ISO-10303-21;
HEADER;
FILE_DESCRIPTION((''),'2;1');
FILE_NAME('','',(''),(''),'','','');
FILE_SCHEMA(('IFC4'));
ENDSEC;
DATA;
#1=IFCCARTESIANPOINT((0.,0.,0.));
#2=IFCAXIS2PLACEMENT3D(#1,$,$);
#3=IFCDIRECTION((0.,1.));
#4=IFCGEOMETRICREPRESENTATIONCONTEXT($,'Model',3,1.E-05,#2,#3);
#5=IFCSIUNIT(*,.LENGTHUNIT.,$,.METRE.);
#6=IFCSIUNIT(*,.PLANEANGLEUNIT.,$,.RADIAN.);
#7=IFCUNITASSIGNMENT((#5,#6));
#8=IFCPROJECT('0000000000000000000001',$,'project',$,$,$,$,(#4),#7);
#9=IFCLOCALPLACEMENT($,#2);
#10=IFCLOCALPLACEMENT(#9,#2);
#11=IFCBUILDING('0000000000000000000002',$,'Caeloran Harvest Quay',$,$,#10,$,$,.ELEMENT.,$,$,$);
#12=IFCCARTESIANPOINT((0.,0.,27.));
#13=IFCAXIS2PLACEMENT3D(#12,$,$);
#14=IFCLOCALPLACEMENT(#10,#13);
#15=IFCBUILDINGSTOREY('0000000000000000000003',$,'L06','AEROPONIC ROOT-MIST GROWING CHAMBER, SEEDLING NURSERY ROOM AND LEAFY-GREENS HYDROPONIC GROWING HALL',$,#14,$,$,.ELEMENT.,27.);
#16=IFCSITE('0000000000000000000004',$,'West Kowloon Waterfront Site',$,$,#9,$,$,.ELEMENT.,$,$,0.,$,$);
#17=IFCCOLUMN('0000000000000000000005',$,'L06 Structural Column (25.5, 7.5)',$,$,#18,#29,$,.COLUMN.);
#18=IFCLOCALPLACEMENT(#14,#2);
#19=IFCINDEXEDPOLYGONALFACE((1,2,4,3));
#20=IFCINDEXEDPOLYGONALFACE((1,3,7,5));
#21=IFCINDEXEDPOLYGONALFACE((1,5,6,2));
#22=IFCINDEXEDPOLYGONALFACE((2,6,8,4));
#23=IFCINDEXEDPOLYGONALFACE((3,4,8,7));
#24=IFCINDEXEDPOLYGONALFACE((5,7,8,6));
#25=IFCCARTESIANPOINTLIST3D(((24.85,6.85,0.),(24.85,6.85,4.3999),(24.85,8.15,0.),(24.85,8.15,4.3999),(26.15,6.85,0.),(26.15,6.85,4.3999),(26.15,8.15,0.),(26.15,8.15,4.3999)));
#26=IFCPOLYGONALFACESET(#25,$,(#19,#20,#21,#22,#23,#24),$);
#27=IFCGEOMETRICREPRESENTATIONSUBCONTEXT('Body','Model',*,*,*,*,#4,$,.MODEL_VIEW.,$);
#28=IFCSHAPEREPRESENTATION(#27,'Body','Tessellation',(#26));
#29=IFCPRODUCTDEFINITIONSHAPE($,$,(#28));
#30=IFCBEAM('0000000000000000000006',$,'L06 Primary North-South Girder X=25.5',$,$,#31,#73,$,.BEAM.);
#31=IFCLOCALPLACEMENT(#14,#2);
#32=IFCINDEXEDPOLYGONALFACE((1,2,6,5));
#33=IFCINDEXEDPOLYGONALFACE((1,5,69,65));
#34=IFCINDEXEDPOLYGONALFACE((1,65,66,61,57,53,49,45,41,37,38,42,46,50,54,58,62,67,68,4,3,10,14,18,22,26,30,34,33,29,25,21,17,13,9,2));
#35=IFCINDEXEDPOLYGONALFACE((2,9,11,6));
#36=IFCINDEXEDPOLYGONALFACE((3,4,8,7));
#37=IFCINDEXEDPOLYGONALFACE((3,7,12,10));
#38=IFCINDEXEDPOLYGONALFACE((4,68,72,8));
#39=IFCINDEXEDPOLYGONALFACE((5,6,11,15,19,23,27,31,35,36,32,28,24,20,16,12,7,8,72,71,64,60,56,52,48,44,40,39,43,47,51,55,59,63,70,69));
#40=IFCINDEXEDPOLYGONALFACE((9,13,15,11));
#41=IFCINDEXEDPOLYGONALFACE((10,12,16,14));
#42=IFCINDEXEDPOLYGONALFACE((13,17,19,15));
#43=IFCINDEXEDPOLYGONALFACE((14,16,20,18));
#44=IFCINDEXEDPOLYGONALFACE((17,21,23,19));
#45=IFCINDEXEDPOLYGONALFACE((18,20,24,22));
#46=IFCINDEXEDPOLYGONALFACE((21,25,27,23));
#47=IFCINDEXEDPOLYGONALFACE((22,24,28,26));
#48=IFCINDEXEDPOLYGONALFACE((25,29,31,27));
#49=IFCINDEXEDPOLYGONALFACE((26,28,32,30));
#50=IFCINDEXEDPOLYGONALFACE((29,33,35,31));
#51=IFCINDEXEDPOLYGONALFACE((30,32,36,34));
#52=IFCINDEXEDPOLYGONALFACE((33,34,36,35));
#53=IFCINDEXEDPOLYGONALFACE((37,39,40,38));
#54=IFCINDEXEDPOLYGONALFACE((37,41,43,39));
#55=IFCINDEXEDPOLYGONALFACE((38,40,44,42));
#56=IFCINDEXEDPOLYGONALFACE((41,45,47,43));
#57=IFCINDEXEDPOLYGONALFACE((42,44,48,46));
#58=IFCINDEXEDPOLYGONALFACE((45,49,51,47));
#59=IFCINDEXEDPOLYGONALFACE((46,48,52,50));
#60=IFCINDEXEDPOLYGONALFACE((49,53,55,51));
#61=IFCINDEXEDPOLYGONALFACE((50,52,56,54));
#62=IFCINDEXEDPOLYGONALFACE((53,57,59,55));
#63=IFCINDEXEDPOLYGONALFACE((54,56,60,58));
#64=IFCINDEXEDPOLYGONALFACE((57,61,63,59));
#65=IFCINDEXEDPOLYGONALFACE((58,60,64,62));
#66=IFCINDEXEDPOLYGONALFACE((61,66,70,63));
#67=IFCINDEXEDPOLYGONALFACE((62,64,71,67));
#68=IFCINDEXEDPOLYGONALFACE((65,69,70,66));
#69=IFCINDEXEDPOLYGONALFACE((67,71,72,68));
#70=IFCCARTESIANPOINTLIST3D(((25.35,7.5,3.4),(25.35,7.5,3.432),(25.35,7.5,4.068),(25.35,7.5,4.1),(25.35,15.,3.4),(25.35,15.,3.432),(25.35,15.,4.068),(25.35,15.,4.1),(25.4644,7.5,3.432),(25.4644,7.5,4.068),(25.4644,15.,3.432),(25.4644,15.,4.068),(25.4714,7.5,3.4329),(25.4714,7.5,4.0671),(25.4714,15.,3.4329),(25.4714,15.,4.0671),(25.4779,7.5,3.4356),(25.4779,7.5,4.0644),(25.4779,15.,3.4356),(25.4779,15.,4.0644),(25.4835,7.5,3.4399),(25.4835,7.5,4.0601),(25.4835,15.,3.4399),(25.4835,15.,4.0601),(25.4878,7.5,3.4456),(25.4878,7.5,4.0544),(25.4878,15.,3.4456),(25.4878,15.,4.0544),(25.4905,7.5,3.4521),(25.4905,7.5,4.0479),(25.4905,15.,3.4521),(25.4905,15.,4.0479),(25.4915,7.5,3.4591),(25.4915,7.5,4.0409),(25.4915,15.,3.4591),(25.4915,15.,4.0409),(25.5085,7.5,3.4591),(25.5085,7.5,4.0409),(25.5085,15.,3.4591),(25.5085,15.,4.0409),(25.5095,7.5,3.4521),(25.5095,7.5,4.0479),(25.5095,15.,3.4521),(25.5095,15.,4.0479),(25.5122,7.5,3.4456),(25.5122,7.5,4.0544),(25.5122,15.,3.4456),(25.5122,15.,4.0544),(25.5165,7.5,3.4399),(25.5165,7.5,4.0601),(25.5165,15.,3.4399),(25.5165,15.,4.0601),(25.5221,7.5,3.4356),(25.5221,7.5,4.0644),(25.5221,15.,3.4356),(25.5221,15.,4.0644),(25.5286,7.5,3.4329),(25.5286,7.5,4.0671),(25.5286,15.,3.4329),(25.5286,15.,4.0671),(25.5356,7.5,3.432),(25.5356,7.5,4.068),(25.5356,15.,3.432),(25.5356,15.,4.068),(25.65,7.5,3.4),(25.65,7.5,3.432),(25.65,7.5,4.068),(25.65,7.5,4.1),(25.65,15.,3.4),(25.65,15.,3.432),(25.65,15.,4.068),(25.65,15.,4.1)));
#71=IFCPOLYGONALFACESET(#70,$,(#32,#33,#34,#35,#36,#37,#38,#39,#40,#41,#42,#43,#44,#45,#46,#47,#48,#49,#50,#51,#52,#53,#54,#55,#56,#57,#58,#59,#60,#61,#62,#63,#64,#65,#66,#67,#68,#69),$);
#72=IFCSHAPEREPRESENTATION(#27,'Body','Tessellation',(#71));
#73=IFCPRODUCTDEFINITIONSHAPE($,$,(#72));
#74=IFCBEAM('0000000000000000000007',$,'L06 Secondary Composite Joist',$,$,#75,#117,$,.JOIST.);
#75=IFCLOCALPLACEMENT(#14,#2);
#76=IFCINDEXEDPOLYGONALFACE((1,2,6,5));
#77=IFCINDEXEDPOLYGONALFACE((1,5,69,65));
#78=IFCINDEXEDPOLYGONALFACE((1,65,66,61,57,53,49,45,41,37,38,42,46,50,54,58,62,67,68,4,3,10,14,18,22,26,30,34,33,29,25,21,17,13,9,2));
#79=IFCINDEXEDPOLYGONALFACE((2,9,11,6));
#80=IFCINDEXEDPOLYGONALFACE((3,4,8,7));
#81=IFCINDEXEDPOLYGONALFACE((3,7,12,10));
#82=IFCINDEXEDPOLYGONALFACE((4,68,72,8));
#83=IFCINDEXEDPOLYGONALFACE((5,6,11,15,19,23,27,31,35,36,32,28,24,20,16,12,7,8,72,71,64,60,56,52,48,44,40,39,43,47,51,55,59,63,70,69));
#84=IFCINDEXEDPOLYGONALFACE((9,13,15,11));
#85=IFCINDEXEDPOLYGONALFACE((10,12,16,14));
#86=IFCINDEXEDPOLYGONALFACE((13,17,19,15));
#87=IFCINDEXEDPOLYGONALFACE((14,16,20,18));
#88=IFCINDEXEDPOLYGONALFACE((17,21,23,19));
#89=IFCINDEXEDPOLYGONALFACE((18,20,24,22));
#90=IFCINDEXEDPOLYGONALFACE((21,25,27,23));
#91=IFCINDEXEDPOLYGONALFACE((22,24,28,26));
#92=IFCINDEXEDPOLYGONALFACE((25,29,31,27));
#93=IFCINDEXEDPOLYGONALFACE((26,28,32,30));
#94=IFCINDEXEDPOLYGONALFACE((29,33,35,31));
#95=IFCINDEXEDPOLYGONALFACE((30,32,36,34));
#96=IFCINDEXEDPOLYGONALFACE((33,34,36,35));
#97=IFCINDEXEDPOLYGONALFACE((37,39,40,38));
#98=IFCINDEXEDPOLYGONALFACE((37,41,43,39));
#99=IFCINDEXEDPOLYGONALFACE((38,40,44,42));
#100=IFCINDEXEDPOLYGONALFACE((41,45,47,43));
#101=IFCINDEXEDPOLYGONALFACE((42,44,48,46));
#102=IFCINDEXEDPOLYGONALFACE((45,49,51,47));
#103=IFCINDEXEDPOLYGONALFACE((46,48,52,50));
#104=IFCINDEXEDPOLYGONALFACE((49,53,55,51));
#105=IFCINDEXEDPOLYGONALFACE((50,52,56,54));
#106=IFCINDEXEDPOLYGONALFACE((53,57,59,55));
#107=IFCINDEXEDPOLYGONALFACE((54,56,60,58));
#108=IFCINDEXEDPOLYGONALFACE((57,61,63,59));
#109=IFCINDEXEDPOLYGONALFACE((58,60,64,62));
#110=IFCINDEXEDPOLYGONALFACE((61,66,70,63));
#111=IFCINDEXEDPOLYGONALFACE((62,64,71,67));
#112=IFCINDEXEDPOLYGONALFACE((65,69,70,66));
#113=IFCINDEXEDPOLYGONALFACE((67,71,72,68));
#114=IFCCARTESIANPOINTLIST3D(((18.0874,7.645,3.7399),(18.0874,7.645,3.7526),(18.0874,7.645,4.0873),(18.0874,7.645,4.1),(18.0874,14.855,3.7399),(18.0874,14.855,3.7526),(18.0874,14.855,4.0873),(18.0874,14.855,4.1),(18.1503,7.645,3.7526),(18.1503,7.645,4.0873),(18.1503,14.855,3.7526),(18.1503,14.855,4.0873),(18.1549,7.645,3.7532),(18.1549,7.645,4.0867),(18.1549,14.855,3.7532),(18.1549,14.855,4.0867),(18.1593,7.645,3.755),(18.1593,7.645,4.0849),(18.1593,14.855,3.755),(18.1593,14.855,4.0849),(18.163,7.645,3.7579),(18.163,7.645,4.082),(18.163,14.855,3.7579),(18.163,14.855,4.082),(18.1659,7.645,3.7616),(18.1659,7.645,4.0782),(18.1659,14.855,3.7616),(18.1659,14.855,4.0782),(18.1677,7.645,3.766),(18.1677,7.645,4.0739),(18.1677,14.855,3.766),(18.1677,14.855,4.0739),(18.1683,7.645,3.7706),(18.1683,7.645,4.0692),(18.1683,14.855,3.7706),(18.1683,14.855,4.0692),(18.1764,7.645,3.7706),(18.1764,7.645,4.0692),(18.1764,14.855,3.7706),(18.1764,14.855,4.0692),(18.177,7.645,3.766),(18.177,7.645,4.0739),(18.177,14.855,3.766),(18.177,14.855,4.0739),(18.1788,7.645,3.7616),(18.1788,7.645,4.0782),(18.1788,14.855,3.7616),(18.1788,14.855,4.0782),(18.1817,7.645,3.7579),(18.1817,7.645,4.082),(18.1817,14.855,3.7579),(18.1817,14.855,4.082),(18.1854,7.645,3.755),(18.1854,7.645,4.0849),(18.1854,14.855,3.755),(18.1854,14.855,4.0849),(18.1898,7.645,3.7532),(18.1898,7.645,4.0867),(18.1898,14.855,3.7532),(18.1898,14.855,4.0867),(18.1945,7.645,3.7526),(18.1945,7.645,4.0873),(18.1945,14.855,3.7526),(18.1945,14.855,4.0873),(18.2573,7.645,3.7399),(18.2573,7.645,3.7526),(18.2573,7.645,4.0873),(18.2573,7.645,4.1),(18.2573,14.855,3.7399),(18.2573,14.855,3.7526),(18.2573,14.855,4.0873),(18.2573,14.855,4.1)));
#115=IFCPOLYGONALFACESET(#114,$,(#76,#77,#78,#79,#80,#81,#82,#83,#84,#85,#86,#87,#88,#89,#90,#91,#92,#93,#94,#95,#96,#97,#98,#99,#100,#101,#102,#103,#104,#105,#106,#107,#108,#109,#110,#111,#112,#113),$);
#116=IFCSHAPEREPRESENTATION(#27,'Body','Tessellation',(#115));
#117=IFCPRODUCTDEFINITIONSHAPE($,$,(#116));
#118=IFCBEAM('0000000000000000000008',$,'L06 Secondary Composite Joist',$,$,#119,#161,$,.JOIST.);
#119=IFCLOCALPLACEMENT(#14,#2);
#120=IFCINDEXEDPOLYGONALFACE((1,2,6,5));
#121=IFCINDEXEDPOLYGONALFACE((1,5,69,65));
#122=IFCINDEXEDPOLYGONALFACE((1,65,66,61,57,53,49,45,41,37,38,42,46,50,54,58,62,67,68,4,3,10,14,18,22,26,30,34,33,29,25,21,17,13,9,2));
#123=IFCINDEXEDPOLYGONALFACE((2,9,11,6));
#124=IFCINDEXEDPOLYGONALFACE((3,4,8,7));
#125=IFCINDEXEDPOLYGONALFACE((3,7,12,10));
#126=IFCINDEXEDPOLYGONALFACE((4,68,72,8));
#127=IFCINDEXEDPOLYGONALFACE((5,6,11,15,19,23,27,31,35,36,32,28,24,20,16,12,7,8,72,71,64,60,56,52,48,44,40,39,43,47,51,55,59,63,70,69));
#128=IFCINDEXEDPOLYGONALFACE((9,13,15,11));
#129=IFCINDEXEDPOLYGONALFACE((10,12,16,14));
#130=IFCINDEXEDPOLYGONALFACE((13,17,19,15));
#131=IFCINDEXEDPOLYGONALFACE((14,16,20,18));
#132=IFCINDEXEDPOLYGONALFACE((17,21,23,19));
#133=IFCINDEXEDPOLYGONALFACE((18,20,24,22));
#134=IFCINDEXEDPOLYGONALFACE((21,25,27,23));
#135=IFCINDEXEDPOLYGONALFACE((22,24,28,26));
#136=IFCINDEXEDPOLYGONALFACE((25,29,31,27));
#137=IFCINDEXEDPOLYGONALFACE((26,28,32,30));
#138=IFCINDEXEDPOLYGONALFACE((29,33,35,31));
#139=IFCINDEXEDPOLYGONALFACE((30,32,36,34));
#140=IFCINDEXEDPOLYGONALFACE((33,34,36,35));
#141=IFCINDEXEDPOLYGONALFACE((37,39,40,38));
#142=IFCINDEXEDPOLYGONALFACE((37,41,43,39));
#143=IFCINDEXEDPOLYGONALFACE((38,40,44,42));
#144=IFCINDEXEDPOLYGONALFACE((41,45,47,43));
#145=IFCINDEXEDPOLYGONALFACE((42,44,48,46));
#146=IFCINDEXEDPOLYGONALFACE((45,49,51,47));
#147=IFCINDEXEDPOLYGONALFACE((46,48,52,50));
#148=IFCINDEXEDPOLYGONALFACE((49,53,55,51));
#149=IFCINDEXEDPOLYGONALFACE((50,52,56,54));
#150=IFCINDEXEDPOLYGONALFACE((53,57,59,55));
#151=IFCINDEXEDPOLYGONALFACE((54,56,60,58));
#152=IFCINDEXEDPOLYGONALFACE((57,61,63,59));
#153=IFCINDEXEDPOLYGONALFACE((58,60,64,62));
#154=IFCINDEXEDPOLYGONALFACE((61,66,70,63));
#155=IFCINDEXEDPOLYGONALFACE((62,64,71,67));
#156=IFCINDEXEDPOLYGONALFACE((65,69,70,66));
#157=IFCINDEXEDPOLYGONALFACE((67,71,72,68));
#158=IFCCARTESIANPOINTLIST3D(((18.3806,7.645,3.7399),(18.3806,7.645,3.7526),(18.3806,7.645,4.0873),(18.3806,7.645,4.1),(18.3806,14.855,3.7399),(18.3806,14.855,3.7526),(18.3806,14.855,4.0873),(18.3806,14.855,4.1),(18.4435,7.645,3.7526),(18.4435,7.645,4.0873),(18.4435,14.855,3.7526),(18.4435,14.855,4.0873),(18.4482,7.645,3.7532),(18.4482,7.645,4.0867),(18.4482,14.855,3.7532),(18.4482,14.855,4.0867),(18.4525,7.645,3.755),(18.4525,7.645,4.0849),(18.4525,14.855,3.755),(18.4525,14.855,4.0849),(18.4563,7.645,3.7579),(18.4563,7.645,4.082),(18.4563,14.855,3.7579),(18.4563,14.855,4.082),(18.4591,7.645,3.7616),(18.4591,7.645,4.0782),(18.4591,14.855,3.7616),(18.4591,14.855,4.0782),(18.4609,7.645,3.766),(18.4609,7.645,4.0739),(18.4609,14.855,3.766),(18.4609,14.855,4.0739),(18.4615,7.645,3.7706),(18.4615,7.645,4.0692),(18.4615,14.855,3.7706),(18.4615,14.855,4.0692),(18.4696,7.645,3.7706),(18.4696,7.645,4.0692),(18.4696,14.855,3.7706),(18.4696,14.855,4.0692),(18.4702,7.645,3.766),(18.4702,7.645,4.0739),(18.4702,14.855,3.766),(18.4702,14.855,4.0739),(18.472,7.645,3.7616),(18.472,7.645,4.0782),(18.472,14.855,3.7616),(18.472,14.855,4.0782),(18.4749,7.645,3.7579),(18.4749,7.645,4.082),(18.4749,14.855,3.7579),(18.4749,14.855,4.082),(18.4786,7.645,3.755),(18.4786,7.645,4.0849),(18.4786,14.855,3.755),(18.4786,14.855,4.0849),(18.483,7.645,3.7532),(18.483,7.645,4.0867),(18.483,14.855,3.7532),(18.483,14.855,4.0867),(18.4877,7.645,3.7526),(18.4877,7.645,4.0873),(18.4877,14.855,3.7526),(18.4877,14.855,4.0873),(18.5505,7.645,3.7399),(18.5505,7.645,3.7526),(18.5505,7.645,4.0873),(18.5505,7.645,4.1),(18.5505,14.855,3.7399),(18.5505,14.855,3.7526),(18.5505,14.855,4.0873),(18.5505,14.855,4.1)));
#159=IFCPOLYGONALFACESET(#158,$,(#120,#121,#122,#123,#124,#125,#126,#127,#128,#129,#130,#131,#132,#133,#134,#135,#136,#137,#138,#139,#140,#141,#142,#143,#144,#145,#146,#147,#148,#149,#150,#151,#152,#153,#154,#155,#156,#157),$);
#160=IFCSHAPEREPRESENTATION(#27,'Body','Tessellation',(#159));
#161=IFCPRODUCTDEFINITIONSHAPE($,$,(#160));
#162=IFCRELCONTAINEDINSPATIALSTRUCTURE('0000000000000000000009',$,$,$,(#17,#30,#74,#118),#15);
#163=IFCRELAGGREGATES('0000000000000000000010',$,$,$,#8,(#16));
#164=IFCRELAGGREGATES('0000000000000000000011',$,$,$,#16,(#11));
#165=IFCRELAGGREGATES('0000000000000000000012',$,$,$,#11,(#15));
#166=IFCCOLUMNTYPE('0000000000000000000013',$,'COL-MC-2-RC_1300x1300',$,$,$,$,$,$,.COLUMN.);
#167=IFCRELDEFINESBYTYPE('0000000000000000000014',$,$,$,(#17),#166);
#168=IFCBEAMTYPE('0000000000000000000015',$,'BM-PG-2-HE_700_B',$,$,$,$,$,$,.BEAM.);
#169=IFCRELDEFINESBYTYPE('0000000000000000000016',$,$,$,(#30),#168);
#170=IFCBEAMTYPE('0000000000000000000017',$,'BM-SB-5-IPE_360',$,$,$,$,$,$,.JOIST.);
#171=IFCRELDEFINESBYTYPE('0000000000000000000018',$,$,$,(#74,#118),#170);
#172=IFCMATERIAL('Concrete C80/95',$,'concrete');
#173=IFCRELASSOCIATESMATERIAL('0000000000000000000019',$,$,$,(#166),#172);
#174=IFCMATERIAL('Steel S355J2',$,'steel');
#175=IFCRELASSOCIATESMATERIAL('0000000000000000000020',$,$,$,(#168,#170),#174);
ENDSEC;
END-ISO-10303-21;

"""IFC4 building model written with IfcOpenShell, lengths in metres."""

from ifc_helpers import new_model, si_unit, direction, frame, origin, origin_2d, place, context, subcontext, project, spatial, rectangle, i_section, extrude, material, material_profile, profile_set, type_object, element, save


model = new_model("IFC4")

# Units and contexts
model_context = context("Model", 3, precision=1e-05, world=origin(), true_north=direction((0.0, 1.0)))
body_context = subcontext(model_context, "Body", "Model", "MODEL_VIEW")
ifc_project = project(units=[si_unit("LENGTHUNIT", "METRE"), si_unit("PLANEANGLEUNIT", "RADIAN")], contexts=[model_context])

# Site, building, storey
site_placement = place(None, origin())
site = spatial("IfcSite", under=ifc_project, at=site_placement, Name="West Kowloon Waterfront Site", CompositionType="ELEMENT", RefElevation=0.0)
building_placement = place(site_placement, origin())
building = spatial("IfcBuilding", under=site, at=building_placement, Name="Caeloran Harvest Quay", CompositionType="ELEMENT")
storey_placement = place(building_placement, frame((0.0, 0.0, 27.0)))
storey = spatial("IfcBuildingStorey", under=building, at=storey_placement, Name="L06", Description="AEROPONIC ROOT-MIST GROWING CHAMBER, SEEDLING NURSERY ROOM AND LEAFY-GREENS HYDROPONIC GROWING HALL", CompositionType="ELEMENT", Elevation=27.0)

# Column
ifc_material_1 = material(Name="Concrete C80/95", Category="concrete")
ifc_material_profile_1 = material_profile(ifc_material_1, rectangle(XDim=1.3, YDim=1.3, at=origin_2d()), Name="RC 1300x1300")
ifc_profile_set_1 = profile_set([ifc_material_profile_1], Name="Concrete C80/95")
column_type = type_object("IfcColumnType", Name="COL-MC-2-RC_1300x1300", PredefinedType="COLUMN", material=ifc_profile_set_1)
column_placement = place(storey_placement, frame((25.5, 7.5, 0.0), z_axis=(0.0, 0.0, 1.0), x_axis=(1.0, 0.0, 0.0)))
element("IfcColumn", 1, at=column_placement, inside=storey, type_object=column_type, Name="L06 Structural Column (25.5, 7.5)", PredefinedType="COLUMN", context=body_context, shape_type="SweptSolid", body=[
    extrude(rectangle(XDim=1.3, YDim=1.3, at=origin_2d()), origin(), (0.0, 0.0, 1.0), 4.3999),
])

# Beams
ifc_material_2 = material(Name="Steel S355J2", Category="steel")
ifc_material_profile_2 = material_profile(ifc_material_2, i_section(OverallWidth=0.3, OverallDepth=0.7, WebThickness=0.0171, FlangeThickness=0.032, FilletRadius=0.0271, at=origin_2d()), Name="HE 700 B")
ifc_profile_set_2 = profile_set([ifc_material_profile_2], Name="Steel S355J2")
beam_type_1 = type_object("IfcBeamType", Name="BM-PG-2-HE_700_B", PredefinedType="BEAM", material=ifc_profile_set_2)
beam_placement = place(storey_placement, frame((25.5, 7.5, 3.75), z_axis=(0.0, 1.0, 0.0), x_axis=(-1.0, 0.0, 0.0)))
element("IfcBeam", 2, at=beam_placement, inside=storey, type_object=beam_type_1, Name="L06 Primary North-South Girder X=25.5", PredefinedType="BEAM", context=body_context, shape_type="SweptSolid", body=[
    extrude(i_section(OverallWidth=0.3, OverallDepth=0.7, WebThickness=0.0171, FlangeThickness=0.032, FilletRadius=0.0271, at=origin_2d()), origin(), (0.0, 0.0, 1.0), 7.5),
])
ifc_material_profile_3 = material_profile(ifc_material_2, i_section(OverallWidth=0.1699, OverallDepth=0.3601, WebThickness=0.0081, FlangeThickness=0.0127, FilletRadius=0.0181, at=origin_2d()), Name="IPE 360")
ifc_profile_set_3 = profile_set([ifc_material_profile_3], Name="Steel S355J2")
beam_type_2 = type_object("IfcBeamType", Name="BM-SB-5-IPE_360", PredefinedType="JOIST", material=ifc_profile_set_3)
for number, where, z_axis, x_axis, name in (
    (3, (18.1724, 7.645, 3.9199), (0.0, 1.0, 0.0), (-1.0, 0.0, 0.0), "L06 Secondary Composite Joist"),
    (4, (18.4656, 7.645, 3.9199), (0.0, 1.0, 0.0), (-1.0, 0.0, 0.0), "L06 Secondary Composite Joist"),
):
    element("IfcBeam", number, at=place(storey_placement, frame(where, z_axis=z_axis, x_axis=x_axis)), inside=storey, type_object=beam_type_2, Name=name, PredefinedType="JOIST", context=body_context, shape_type="SweptSolid", body=[
        extrude(i_section(OverallWidth=0.1699, OverallDepth=0.3601, WebThickness=0.0081, FlangeThickness=0.0127, FilletRadius=0.0181, at=origin_2d()), origin(), (0.0, 0.0, 1.0), 7.21),
    ])

save(model, "model.ifc")
